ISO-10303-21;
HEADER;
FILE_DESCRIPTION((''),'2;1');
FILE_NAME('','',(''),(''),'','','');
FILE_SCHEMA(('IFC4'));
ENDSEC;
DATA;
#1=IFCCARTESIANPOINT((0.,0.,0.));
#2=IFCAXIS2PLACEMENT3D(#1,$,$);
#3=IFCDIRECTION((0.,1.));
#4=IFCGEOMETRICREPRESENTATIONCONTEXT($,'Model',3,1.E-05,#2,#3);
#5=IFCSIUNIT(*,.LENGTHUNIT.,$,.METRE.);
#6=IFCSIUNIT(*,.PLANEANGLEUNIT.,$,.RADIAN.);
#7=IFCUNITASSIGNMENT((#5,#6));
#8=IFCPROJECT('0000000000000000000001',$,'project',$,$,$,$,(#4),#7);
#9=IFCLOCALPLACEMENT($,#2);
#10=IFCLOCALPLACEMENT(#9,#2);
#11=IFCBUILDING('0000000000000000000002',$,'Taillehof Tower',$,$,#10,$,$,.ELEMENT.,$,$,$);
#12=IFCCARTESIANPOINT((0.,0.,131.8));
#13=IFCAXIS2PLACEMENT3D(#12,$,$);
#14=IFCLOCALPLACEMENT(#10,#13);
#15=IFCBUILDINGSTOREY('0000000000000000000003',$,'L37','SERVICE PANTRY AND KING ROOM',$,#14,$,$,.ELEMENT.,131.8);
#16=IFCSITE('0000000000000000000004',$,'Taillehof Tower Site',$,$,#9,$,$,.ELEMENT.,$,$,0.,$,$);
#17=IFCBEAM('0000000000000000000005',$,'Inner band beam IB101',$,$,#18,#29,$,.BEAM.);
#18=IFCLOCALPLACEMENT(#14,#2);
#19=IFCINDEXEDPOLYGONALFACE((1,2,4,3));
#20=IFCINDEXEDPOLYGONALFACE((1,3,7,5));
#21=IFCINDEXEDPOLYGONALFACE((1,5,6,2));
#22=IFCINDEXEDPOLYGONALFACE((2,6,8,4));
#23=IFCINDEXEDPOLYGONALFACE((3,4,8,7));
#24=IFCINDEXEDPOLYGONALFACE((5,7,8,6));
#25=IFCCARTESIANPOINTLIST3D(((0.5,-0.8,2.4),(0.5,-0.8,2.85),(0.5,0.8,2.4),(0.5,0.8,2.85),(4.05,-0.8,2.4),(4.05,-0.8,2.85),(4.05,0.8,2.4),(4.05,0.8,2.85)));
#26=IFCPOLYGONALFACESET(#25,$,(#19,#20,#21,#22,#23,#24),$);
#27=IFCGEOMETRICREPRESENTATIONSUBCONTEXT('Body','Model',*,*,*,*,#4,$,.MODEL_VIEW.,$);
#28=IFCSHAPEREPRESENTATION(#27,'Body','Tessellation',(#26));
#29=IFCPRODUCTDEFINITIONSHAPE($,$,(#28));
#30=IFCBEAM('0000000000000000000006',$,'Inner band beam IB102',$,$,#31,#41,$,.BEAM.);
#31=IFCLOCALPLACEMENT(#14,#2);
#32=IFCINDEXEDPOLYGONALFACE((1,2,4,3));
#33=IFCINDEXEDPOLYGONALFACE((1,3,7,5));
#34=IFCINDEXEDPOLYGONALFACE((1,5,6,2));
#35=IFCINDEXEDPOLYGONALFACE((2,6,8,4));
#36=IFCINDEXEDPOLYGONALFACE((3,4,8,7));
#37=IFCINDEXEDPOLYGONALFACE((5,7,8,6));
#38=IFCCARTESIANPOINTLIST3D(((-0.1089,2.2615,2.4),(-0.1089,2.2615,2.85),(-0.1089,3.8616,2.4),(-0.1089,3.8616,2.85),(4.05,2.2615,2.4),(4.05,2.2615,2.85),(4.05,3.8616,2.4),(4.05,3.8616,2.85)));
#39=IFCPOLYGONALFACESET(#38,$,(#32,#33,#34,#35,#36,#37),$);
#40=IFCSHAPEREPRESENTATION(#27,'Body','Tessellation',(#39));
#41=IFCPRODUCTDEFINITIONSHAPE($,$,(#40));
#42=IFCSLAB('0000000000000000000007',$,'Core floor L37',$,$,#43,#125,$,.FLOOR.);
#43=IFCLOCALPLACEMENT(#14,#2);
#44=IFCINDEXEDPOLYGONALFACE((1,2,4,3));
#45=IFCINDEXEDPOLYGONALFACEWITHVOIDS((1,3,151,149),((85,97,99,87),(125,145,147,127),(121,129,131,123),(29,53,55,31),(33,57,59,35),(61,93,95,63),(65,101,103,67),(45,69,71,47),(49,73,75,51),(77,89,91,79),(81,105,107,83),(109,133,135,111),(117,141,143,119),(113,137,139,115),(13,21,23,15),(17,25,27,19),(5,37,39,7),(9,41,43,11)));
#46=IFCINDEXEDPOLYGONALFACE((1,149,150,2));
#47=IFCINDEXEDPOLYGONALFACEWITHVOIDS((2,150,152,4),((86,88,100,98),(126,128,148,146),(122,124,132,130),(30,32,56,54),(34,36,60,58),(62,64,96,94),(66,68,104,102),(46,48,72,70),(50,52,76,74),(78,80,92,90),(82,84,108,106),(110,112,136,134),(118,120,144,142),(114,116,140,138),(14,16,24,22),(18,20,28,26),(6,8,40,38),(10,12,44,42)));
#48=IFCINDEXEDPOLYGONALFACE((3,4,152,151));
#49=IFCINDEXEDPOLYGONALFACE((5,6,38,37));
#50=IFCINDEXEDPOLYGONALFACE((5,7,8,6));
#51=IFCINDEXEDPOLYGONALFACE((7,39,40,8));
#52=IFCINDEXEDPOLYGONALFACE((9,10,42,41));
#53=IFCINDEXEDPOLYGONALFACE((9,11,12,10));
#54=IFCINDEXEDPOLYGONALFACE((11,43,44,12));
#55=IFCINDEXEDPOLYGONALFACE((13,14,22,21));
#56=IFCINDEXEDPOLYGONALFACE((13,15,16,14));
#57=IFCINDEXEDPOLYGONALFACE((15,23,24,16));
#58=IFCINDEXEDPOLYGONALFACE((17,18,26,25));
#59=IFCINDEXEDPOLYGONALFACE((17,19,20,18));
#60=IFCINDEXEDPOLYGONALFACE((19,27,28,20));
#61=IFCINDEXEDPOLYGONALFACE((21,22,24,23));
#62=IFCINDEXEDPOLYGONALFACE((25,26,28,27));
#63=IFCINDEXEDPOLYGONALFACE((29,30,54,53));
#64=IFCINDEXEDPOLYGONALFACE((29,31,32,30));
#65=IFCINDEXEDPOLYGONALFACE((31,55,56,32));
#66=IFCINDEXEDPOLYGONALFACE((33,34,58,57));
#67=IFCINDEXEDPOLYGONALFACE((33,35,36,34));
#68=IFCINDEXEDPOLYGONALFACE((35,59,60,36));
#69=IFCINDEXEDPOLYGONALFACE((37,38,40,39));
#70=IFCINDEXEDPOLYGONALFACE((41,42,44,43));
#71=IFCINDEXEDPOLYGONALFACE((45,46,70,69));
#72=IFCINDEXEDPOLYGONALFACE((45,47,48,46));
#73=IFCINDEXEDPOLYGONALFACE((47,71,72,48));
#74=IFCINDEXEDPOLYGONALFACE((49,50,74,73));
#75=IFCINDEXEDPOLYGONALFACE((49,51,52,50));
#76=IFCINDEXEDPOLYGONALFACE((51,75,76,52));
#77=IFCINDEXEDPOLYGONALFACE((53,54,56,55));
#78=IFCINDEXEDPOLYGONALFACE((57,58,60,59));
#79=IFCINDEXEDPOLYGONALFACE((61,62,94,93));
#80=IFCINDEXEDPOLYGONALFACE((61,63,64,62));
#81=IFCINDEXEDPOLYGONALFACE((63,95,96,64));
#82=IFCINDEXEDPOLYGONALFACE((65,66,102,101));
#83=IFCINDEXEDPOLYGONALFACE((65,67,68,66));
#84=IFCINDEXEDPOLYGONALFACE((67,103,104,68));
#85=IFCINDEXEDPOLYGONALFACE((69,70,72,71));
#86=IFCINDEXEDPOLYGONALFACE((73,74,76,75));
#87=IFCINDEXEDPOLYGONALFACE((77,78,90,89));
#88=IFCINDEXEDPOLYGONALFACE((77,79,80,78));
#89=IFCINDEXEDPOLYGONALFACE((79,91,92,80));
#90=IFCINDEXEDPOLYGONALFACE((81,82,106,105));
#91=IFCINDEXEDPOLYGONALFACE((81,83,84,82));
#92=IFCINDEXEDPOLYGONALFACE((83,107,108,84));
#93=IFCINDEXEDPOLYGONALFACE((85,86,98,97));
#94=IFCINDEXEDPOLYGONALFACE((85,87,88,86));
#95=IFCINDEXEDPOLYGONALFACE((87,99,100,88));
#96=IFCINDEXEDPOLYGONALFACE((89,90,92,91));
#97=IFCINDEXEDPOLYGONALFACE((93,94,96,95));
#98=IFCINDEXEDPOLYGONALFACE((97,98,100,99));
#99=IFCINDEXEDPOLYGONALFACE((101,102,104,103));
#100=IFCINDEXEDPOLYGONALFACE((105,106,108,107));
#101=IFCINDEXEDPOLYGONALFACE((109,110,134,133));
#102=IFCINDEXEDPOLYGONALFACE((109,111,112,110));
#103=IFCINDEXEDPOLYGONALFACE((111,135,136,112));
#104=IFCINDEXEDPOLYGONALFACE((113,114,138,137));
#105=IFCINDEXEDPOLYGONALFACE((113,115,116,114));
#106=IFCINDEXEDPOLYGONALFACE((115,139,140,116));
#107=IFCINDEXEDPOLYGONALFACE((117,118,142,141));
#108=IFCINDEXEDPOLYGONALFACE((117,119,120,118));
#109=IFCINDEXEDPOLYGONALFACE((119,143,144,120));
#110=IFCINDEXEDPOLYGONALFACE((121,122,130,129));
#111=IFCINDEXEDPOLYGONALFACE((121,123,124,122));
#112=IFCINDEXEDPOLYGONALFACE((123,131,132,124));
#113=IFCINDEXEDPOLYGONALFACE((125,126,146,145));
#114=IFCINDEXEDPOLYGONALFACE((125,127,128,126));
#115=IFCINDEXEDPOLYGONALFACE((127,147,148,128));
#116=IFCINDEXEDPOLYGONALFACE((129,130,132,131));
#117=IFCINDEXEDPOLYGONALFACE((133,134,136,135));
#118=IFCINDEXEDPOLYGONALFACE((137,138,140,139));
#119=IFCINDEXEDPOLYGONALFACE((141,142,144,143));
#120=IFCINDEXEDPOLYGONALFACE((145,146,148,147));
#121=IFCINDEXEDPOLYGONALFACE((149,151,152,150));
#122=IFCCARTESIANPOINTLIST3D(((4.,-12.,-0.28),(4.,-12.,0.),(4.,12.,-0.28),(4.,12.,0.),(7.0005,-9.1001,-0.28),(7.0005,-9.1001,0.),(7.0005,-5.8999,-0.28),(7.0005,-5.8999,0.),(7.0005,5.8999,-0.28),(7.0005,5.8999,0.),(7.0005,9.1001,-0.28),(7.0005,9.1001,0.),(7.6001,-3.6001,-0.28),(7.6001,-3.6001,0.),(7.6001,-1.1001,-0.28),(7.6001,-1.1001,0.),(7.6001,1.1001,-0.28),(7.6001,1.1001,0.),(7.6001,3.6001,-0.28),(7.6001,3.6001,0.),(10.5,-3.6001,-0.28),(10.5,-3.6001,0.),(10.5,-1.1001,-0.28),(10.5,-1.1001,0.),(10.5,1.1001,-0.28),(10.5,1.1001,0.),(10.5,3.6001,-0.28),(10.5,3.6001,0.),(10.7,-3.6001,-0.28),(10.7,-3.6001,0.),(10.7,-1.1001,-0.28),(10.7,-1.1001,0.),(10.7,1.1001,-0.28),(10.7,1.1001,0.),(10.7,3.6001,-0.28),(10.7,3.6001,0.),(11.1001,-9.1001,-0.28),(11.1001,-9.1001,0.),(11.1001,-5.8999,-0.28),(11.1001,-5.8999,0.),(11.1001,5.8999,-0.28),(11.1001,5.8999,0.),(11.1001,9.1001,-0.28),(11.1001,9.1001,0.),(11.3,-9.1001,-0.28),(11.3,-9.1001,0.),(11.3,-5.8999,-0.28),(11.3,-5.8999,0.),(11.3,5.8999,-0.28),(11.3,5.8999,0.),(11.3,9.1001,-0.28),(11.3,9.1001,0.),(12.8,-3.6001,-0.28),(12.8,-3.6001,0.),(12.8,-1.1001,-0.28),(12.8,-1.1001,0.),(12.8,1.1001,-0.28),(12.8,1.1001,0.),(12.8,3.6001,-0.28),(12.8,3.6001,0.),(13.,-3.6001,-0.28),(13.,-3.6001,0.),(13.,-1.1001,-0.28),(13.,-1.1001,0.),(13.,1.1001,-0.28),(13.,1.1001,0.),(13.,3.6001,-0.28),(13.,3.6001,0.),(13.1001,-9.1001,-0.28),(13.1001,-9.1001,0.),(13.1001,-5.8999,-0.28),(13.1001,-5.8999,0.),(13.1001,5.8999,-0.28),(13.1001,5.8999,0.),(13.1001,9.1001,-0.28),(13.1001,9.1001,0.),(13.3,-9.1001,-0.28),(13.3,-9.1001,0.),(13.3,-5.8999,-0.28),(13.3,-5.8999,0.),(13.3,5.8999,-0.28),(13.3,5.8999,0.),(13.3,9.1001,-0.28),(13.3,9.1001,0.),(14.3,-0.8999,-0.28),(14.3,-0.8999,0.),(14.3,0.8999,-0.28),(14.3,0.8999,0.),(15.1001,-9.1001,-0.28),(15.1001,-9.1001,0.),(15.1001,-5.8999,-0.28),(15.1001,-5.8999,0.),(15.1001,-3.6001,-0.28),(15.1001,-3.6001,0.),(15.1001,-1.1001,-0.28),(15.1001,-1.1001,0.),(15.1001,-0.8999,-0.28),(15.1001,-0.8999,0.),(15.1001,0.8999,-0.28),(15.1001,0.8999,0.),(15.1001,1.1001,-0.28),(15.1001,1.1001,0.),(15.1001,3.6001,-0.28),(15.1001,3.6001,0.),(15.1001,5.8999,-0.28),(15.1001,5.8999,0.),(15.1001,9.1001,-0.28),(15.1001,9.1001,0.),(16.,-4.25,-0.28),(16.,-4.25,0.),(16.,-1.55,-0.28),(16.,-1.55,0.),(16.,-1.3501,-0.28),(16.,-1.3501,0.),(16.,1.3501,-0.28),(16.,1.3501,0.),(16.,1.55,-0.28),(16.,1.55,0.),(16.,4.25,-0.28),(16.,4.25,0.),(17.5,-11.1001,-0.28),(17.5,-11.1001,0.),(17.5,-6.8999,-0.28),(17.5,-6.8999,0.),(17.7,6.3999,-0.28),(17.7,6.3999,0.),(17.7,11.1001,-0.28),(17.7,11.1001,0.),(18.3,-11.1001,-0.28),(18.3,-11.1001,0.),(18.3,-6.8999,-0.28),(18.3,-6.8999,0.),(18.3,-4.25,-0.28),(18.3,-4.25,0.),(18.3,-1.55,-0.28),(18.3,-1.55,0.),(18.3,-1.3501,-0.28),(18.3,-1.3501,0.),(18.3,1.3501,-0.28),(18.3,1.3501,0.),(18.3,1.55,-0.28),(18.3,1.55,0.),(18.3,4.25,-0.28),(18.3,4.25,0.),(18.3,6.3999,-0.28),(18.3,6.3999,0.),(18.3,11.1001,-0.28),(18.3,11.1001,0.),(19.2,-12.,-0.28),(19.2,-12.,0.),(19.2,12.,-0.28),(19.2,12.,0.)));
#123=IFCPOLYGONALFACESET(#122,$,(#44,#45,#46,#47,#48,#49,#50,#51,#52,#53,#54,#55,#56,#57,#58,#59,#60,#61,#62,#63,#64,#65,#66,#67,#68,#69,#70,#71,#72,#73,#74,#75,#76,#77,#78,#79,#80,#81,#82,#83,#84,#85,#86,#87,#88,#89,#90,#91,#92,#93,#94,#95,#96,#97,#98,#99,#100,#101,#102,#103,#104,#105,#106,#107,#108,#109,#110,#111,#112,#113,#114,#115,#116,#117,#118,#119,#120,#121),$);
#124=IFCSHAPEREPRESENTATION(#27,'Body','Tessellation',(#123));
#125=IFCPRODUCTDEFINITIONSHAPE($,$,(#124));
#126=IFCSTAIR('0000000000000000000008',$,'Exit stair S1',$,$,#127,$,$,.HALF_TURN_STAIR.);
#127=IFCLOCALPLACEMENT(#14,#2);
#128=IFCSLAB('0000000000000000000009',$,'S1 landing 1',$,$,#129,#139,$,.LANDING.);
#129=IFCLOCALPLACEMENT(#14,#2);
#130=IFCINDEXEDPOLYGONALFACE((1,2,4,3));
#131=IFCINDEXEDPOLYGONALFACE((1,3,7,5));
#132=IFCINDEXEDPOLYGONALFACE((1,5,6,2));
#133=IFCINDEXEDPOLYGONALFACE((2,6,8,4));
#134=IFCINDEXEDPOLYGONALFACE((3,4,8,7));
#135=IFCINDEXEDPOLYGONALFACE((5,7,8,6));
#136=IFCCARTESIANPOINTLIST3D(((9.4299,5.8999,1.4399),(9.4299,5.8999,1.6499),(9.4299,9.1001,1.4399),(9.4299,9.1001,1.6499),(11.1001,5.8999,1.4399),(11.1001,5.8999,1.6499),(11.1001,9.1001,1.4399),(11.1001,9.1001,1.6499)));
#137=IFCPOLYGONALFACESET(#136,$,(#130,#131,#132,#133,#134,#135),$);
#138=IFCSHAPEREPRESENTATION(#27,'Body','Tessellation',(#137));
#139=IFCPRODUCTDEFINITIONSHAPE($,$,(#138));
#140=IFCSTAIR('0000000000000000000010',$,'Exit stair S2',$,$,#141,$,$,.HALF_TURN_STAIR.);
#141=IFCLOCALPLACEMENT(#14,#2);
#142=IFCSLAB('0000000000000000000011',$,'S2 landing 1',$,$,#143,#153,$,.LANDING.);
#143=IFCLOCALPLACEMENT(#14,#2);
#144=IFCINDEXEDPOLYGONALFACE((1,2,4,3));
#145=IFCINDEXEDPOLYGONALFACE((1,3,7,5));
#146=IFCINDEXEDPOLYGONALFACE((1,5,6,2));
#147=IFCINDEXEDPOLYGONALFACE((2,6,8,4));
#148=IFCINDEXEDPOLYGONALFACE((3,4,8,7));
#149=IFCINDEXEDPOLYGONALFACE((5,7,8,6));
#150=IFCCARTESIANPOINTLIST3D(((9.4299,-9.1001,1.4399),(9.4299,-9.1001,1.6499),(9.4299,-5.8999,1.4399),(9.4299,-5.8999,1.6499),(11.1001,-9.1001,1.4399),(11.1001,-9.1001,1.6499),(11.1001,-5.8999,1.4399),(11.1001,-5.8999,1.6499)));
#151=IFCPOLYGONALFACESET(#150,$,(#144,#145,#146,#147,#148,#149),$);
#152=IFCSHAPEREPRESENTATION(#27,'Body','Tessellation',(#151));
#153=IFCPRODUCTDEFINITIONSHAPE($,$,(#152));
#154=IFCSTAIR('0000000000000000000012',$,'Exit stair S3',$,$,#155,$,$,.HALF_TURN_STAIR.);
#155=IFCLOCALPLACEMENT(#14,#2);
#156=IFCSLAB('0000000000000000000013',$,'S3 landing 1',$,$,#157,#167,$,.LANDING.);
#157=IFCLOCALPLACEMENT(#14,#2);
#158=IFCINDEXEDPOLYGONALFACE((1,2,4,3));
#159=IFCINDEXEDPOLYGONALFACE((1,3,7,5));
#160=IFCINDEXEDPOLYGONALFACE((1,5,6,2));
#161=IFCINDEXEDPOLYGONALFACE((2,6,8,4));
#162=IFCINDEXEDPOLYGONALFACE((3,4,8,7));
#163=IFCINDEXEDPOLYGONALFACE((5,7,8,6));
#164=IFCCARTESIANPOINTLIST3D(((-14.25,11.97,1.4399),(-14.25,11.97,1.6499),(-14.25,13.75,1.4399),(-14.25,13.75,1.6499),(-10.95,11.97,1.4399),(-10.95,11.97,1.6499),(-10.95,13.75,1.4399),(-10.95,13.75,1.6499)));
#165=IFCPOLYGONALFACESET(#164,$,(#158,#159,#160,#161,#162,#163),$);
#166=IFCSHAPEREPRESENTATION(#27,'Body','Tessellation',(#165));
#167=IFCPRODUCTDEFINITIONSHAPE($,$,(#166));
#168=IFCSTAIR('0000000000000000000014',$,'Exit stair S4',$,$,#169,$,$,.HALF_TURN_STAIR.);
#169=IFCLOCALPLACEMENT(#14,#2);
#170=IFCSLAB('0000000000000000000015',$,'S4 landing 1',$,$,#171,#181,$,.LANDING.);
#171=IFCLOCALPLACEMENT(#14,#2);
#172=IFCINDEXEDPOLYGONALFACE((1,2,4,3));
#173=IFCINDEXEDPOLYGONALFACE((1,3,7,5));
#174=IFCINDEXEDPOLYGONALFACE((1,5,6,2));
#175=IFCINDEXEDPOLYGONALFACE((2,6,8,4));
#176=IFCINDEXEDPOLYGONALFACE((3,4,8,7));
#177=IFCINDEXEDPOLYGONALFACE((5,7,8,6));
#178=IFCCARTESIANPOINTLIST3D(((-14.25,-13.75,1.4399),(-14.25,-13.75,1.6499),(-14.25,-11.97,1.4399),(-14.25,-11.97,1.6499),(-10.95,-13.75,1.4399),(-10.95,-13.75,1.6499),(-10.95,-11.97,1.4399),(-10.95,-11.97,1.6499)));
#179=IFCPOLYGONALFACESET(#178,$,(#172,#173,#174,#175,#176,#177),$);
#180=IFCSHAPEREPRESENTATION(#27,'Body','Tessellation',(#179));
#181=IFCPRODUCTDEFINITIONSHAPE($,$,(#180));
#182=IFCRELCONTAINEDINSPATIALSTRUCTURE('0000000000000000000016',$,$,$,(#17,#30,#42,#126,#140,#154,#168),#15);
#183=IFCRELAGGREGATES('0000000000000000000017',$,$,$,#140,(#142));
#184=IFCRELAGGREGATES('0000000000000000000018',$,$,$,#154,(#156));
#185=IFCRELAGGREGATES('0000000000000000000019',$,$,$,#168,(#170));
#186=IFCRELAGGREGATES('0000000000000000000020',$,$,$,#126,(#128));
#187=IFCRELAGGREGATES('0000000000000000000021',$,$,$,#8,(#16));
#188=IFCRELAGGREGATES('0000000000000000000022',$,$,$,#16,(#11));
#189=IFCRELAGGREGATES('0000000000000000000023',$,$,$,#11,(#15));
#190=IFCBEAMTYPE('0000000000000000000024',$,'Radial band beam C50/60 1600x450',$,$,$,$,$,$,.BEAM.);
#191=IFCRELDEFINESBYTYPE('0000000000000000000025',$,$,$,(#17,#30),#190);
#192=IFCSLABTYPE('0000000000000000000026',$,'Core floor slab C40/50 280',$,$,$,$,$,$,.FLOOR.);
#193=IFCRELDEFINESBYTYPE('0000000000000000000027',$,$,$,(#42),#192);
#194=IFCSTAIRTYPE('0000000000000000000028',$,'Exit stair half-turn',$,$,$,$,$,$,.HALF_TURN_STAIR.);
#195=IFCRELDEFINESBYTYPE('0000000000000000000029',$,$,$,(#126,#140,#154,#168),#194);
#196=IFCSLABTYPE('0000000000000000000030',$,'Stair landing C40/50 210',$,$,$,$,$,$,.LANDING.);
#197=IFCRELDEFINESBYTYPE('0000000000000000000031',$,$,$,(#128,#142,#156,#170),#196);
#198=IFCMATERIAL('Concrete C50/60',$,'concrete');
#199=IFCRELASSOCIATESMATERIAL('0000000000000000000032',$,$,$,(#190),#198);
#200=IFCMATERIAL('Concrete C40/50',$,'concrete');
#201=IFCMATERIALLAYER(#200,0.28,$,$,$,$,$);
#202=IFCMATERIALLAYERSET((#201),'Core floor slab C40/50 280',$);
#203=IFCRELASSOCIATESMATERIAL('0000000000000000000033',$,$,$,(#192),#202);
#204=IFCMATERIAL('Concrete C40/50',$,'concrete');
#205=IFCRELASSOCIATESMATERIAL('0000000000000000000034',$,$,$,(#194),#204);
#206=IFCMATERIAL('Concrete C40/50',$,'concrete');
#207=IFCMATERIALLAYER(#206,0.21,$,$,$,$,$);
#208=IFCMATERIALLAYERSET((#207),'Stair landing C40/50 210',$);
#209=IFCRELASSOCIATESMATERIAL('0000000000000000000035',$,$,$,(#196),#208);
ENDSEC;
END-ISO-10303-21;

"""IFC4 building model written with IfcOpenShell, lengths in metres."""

from ifc_helpers import new_model, si_unit, direction, frame, origin, origin_2d, place, context, subcontext, project, spatial, polyline, rectangle, outline, extrude, material, layer, layer_set, material_profile, profile_set, type_object, element, aggregate, save


model = new_model("IFC4")

# Units and contexts
model_context = context("Model", 3, precision=1e-05, world=origin(), true_north=direction((0.0, 1.0)))
body_context = subcontext(model_context, "Body", "Model", "MODEL_VIEW")
ifc_project = project(units=[si_unit("LENGTHUNIT", "METRE"), si_unit("PLANEANGLEUNIT", "RADIAN")], contexts=[model_context])

# Site, building, storey
site_placement = place(None, origin())
site = spatial("IfcSite", under=ifc_project, at=site_placement, Name="Taillehof Tower Site", CompositionType="ELEMENT", RefElevation=0.0)
building_placement = place(site_placement, origin())
building = spatial("IfcBuilding", under=site, at=building_placement, Name="Taillehof Tower", CompositionType="ELEMENT")
storey_placement = place(building_placement, frame((0.0, 0.0, 131.8)))
storey = spatial("IfcBuildingStorey", under=building, at=storey_placement, Name="L37", Description="SERVICE PANTRY AND KING ROOM", CompositionType="ELEMENT", Elevation=131.8)

# Beams
ifc_material_1 = material(Name="Concrete C50/60", Category="concrete")
ifc_material_profile = material_profile(ifc_material_1, rectangle(XDim=1.6001, YDim=0.45, at=origin_2d()), Name="RC 1600x450")
ifc_profile_set = profile_set([ifc_material_profile], Name="Concrete C50/60")
beam_type = type_object("IfcBeamType", Name="Radial band beam C50/60 1600x450", PredefinedType="BEAM", material=ifc_profile_set)
beam_1_placement = place(storey_placement, frame((0.5, 0.0, 2.625), z_axis=(1.0, 0.0, 0.0), x_axis=(0.0, 1.0, 0.0)))
element("IfcBeam", 1, at=beam_1_placement, inside=storey, type_object=beam_type, Name="Inner band beam IB101", PredefinedType="BEAM", context=body_context, shape_type="SweptSolid", body=[
    extrude(rectangle(XDim=1.6001, YDim=0.45, at=origin_2d()), origin(), (0.0, 0.0, 1.0), 3.55),
])
beam_2_placement = place(storey_placement, frame((-0.1089, 3.0615, 2.625), z_axis=(1.0, 0.0, 0.0), x_axis=(0.0, 1.0, 0.0)))
element("IfcBeam", 2, at=beam_2_placement, inside=storey, type_object=beam_type, Name="Inner band beam IB102", PredefinedType="BEAM", context=body_context, shape_type="SweptSolid", body=[
    extrude(rectangle(XDim=1.6001, YDim=0.45, at=origin_2d()), origin(), (0.0, 0.0, 1.0), 4.1589),
])

# Slab
ifc_material_2 = material(Name="Concrete C40/50", Category="concrete")
ifc_layer_1 = layer(ifc_material_2, 0.28)
ifc_layer_set_1 = layer_set([ifc_layer_1], Name="Core floor slab C40/50 280")
slab_type_1 = type_object("IfcSlabType", Name="Core floor slab C40/50 280", PredefinedType="FLOOR", material=ifc_layer_set_1)
slab_1_placement = place(storey_placement, frame((0.0, 0.0, -0.28)))
element("IfcSlab", 3, at=slab_1_placement, inside=storey, type_object=slab_type_1, Name="Core floor L37", PredefinedType="FLOOR", context=body_context, shape_type="SweptSolid", body=[
    extrude(outline(polyline([(4.0, -12.0), (4.0, 12.0), (19.2, 12.0), (19.2, -12.0), (4.0, -12.0)]), holes=[polyline([(7.0005, -9.1001), (11.1001, -9.1001), (11.1001, -5.8999), (7.0005, -5.8999), (7.0005, -9.1001)]), polyline([(13.1001, -9.1001), (13.1001, -5.8999), (11.3, -5.8999), (11.3, -9.1001), (13.1001, -9.1001)]), polyline([(10.5, -3.6001), (10.5, -1.1001), (7.6001, -1.1001), (7.6001, -3.6001), (10.5, -3.6001)]), polyline([(12.8, -3.6001), (12.8, -1.1001), (10.7, -1.1001), (10.7, -3.6001), (12.8, -3.6001)]), polyline([(10.5, 1.1001), (10.5, 3.6001), (7.6001, 3.6001), (7.6001, 1.1001), (10.5, 1.1001)]), polyline([(12.8, 1.1001), (12.8, 3.6001), (10.7, 3.6001), (10.7, 1.1001), (12.8, 1.1001)]), polyline([(15.1001, 1.1001), (15.1001, 3.6001), (13.0, 3.6001), (13.0, 1.1001), (15.1001, 1.1001)]), polyline([(11.3, 5.8999), (13.1001, 5.8999), (13.1001, 9.1001), (11.3, 9.1001), (11.3, 5.8999)]), polyline([(7.0005, 5.8999), (11.1001, 5.8999), (11.1001, 9.1001), (7.0005, 9.1001), (7.0005, 5.8999)]), polyline([(18.3, -11.1001), (18.3, -6.8999), (17.5, -6.8999), (17.5, -11.1001), (18.3, -11.1001)]), polyline([(15.1001, -9.1001), (15.1001, -5.8999), (13.3, -5.8999), (13.3, -9.1001), (15.1001, -9.1001)]), polyline([(18.3, -4.25), (18.3, -1.55), (16.0, -1.55), (16.0, -4.25), (18.3, -4.25)]), polyline([(15.1001, -3.6001), (15.1001, -1.1001), (13.0, -1.1001), (13.0, -3.6001), (15.1001, -3.6001)]), polyline([(15.1001, -0.8999), (15.1001, 0.8999), (14.3, 0.8999), (14.3, -0.8999), (15.1001, -0.8999)]), polyline([(18.3, -1.3501), (18.3, 1.3501), (16.0, 1.3501), (16.0, -1.3501), (18.3, -1.3501)]), polyline([(18.3, 1.55), (18.3, 4.25), (16.0, 4.25), (16.0, 1.55), (18.3, 1.55)]), polyline([(13.3, 5.8999), (15.1001, 5.8999), (15.1001, 9.1001), (13.3, 9.1001), (13.3, 5.8999)]), polyline([(17.7, 6.3999), (18.3, 6.3999), (18.3, 11.1001), (17.7, 11.1001), (17.7, 6.3999)])]), origin(), (0.0, 0.0, 1.0), 0.28),
])

# Stairs, slabs
ifc_material_3 = material(Name="Concrete C40/50", Category="concrete")
stair_type = type_object("IfcStairType", Name="Exit stair half-turn", PredefinedType="HALF_TURN_STAIR", material=ifc_material_3)
stair_1_placement = place(storey_placement, origin())
stair_1 = element("IfcStair", 4, at=stair_1_placement, inside=storey, type_object=stair_type, Name="Exit stair S1", PredefinedType="HALF_TURN_STAIR")
ifc_material_4 = material(Name="Concrete C40/50", Category="concrete")
ifc_layer_2 = layer(ifc_material_4, 0.21)
ifc_layer_set_2 = layer_set([ifc_layer_2], Name="Stair landing C40/50 210")
slab_type_2 = type_object("IfcSlabType", Name="Stair landing C40/50 210", PredefinedType="LANDING", material=ifc_layer_set_2)
slab_2_placement = place(storey_placement, frame((0.0, 0.0, 1.4399)))
slab_2 = element("IfcSlab", 5, at=slab_2_placement, type_object=slab_type_2, Name="S1 landing 1", PredefinedType="LANDING", context=body_context, shape_type="SweptSolid", body=[
    extrude(outline(polyline([(9.4299, 5.8999), (11.1001, 5.8999), (11.1001, 9.1001), (9.4299, 9.1001), (9.4299, 5.8999)])), origin(), (0.0, 0.0, 1.0), 0.21),
])
stair_2_placement = place(storey_placement, origin())
stair_2 = element("IfcStair", 6, at=stair_2_placement, inside=storey, type_object=stair_type, Name="Exit stair S2", PredefinedType="HALF_TURN_STAIR")
slab_3_placement = place(storey_placement, frame((0.0, 0.0, 1.4399)))
slab_3 = element("IfcSlab", 7, at=slab_3_placement, type_object=slab_type_2, Name="S2 landing 1", PredefinedType="LANDING", context=body_context, shape_type="SweptSolid", body=[
    extrude(outline(polyline([(9.4299, -5.8999), (11.1001, -5.8999), (11.1001, -9.1001), (9.4299, -9.1001), (9.4299, -5.8999)])), origin(), (0.0, 0.0, 1.0), 0.21),
])
aggregate(stair_2, [slab_3])
stair_3_placement = place(storey_placement, origin())
stair_3 = element("IfcStair", 8, at=stair_3_placement, inside=storey, type_object=stair_type, Name="Exit stair S3", PredefinedType="HALF_TURN_STAIR")
slab_4_placement = place(storey_placement, frame((0.0, 0.0, 1.4399)))
slab_4 = element("IfcSlab", 9, at=slab_4_placement, type_object=slab_type_2, Name="S3 landing 1", PredefinedType="LANDING", context=body_context, shape_type="SweptSolid", body=[
    extrude(outline(polyline([(-14.25, 11.97), (-14.25, 13.75), (-10.95, 13.75), (-10.95, 11.97), (-14.25, 11.97)])), origin(), (0.0, 0.0, 1.0), 0.21),
])
aggregate(stair_3, [slab_4])
stair_4_placement = place(storey_placement, origin())
stair_4 = element("IfcStair", 10, at=stair_4_placement, inside=storey, type_object=stair_type, Name="Exit stair S4", PredefinedType="HALF_TURN_STAIR")
slab_5_placement = place(storey_placement, frame((0.0, 0.0, 1.4399)))
slab_5 = element("IfcSlab", 11, at=slab_5_placement, type_object=slab_type_2, Name="S4 landing 1", PredefinedType="LANDING", context=body_context, shape_type="SweptSolid", body=[
    extrude(outline(polyline([(-14.25, -11.97), (-14.25, -13.75), (-10.95, -13.75), (-10.95, -11.97), (-14.25, -11.97)])), origin(), (0.0, 0.0, 1.0), 0.21),
])
aggregate(stair_4, [slab_5])

aggregate(stair_1, [slab_2])

save(model, "model.ifc")
